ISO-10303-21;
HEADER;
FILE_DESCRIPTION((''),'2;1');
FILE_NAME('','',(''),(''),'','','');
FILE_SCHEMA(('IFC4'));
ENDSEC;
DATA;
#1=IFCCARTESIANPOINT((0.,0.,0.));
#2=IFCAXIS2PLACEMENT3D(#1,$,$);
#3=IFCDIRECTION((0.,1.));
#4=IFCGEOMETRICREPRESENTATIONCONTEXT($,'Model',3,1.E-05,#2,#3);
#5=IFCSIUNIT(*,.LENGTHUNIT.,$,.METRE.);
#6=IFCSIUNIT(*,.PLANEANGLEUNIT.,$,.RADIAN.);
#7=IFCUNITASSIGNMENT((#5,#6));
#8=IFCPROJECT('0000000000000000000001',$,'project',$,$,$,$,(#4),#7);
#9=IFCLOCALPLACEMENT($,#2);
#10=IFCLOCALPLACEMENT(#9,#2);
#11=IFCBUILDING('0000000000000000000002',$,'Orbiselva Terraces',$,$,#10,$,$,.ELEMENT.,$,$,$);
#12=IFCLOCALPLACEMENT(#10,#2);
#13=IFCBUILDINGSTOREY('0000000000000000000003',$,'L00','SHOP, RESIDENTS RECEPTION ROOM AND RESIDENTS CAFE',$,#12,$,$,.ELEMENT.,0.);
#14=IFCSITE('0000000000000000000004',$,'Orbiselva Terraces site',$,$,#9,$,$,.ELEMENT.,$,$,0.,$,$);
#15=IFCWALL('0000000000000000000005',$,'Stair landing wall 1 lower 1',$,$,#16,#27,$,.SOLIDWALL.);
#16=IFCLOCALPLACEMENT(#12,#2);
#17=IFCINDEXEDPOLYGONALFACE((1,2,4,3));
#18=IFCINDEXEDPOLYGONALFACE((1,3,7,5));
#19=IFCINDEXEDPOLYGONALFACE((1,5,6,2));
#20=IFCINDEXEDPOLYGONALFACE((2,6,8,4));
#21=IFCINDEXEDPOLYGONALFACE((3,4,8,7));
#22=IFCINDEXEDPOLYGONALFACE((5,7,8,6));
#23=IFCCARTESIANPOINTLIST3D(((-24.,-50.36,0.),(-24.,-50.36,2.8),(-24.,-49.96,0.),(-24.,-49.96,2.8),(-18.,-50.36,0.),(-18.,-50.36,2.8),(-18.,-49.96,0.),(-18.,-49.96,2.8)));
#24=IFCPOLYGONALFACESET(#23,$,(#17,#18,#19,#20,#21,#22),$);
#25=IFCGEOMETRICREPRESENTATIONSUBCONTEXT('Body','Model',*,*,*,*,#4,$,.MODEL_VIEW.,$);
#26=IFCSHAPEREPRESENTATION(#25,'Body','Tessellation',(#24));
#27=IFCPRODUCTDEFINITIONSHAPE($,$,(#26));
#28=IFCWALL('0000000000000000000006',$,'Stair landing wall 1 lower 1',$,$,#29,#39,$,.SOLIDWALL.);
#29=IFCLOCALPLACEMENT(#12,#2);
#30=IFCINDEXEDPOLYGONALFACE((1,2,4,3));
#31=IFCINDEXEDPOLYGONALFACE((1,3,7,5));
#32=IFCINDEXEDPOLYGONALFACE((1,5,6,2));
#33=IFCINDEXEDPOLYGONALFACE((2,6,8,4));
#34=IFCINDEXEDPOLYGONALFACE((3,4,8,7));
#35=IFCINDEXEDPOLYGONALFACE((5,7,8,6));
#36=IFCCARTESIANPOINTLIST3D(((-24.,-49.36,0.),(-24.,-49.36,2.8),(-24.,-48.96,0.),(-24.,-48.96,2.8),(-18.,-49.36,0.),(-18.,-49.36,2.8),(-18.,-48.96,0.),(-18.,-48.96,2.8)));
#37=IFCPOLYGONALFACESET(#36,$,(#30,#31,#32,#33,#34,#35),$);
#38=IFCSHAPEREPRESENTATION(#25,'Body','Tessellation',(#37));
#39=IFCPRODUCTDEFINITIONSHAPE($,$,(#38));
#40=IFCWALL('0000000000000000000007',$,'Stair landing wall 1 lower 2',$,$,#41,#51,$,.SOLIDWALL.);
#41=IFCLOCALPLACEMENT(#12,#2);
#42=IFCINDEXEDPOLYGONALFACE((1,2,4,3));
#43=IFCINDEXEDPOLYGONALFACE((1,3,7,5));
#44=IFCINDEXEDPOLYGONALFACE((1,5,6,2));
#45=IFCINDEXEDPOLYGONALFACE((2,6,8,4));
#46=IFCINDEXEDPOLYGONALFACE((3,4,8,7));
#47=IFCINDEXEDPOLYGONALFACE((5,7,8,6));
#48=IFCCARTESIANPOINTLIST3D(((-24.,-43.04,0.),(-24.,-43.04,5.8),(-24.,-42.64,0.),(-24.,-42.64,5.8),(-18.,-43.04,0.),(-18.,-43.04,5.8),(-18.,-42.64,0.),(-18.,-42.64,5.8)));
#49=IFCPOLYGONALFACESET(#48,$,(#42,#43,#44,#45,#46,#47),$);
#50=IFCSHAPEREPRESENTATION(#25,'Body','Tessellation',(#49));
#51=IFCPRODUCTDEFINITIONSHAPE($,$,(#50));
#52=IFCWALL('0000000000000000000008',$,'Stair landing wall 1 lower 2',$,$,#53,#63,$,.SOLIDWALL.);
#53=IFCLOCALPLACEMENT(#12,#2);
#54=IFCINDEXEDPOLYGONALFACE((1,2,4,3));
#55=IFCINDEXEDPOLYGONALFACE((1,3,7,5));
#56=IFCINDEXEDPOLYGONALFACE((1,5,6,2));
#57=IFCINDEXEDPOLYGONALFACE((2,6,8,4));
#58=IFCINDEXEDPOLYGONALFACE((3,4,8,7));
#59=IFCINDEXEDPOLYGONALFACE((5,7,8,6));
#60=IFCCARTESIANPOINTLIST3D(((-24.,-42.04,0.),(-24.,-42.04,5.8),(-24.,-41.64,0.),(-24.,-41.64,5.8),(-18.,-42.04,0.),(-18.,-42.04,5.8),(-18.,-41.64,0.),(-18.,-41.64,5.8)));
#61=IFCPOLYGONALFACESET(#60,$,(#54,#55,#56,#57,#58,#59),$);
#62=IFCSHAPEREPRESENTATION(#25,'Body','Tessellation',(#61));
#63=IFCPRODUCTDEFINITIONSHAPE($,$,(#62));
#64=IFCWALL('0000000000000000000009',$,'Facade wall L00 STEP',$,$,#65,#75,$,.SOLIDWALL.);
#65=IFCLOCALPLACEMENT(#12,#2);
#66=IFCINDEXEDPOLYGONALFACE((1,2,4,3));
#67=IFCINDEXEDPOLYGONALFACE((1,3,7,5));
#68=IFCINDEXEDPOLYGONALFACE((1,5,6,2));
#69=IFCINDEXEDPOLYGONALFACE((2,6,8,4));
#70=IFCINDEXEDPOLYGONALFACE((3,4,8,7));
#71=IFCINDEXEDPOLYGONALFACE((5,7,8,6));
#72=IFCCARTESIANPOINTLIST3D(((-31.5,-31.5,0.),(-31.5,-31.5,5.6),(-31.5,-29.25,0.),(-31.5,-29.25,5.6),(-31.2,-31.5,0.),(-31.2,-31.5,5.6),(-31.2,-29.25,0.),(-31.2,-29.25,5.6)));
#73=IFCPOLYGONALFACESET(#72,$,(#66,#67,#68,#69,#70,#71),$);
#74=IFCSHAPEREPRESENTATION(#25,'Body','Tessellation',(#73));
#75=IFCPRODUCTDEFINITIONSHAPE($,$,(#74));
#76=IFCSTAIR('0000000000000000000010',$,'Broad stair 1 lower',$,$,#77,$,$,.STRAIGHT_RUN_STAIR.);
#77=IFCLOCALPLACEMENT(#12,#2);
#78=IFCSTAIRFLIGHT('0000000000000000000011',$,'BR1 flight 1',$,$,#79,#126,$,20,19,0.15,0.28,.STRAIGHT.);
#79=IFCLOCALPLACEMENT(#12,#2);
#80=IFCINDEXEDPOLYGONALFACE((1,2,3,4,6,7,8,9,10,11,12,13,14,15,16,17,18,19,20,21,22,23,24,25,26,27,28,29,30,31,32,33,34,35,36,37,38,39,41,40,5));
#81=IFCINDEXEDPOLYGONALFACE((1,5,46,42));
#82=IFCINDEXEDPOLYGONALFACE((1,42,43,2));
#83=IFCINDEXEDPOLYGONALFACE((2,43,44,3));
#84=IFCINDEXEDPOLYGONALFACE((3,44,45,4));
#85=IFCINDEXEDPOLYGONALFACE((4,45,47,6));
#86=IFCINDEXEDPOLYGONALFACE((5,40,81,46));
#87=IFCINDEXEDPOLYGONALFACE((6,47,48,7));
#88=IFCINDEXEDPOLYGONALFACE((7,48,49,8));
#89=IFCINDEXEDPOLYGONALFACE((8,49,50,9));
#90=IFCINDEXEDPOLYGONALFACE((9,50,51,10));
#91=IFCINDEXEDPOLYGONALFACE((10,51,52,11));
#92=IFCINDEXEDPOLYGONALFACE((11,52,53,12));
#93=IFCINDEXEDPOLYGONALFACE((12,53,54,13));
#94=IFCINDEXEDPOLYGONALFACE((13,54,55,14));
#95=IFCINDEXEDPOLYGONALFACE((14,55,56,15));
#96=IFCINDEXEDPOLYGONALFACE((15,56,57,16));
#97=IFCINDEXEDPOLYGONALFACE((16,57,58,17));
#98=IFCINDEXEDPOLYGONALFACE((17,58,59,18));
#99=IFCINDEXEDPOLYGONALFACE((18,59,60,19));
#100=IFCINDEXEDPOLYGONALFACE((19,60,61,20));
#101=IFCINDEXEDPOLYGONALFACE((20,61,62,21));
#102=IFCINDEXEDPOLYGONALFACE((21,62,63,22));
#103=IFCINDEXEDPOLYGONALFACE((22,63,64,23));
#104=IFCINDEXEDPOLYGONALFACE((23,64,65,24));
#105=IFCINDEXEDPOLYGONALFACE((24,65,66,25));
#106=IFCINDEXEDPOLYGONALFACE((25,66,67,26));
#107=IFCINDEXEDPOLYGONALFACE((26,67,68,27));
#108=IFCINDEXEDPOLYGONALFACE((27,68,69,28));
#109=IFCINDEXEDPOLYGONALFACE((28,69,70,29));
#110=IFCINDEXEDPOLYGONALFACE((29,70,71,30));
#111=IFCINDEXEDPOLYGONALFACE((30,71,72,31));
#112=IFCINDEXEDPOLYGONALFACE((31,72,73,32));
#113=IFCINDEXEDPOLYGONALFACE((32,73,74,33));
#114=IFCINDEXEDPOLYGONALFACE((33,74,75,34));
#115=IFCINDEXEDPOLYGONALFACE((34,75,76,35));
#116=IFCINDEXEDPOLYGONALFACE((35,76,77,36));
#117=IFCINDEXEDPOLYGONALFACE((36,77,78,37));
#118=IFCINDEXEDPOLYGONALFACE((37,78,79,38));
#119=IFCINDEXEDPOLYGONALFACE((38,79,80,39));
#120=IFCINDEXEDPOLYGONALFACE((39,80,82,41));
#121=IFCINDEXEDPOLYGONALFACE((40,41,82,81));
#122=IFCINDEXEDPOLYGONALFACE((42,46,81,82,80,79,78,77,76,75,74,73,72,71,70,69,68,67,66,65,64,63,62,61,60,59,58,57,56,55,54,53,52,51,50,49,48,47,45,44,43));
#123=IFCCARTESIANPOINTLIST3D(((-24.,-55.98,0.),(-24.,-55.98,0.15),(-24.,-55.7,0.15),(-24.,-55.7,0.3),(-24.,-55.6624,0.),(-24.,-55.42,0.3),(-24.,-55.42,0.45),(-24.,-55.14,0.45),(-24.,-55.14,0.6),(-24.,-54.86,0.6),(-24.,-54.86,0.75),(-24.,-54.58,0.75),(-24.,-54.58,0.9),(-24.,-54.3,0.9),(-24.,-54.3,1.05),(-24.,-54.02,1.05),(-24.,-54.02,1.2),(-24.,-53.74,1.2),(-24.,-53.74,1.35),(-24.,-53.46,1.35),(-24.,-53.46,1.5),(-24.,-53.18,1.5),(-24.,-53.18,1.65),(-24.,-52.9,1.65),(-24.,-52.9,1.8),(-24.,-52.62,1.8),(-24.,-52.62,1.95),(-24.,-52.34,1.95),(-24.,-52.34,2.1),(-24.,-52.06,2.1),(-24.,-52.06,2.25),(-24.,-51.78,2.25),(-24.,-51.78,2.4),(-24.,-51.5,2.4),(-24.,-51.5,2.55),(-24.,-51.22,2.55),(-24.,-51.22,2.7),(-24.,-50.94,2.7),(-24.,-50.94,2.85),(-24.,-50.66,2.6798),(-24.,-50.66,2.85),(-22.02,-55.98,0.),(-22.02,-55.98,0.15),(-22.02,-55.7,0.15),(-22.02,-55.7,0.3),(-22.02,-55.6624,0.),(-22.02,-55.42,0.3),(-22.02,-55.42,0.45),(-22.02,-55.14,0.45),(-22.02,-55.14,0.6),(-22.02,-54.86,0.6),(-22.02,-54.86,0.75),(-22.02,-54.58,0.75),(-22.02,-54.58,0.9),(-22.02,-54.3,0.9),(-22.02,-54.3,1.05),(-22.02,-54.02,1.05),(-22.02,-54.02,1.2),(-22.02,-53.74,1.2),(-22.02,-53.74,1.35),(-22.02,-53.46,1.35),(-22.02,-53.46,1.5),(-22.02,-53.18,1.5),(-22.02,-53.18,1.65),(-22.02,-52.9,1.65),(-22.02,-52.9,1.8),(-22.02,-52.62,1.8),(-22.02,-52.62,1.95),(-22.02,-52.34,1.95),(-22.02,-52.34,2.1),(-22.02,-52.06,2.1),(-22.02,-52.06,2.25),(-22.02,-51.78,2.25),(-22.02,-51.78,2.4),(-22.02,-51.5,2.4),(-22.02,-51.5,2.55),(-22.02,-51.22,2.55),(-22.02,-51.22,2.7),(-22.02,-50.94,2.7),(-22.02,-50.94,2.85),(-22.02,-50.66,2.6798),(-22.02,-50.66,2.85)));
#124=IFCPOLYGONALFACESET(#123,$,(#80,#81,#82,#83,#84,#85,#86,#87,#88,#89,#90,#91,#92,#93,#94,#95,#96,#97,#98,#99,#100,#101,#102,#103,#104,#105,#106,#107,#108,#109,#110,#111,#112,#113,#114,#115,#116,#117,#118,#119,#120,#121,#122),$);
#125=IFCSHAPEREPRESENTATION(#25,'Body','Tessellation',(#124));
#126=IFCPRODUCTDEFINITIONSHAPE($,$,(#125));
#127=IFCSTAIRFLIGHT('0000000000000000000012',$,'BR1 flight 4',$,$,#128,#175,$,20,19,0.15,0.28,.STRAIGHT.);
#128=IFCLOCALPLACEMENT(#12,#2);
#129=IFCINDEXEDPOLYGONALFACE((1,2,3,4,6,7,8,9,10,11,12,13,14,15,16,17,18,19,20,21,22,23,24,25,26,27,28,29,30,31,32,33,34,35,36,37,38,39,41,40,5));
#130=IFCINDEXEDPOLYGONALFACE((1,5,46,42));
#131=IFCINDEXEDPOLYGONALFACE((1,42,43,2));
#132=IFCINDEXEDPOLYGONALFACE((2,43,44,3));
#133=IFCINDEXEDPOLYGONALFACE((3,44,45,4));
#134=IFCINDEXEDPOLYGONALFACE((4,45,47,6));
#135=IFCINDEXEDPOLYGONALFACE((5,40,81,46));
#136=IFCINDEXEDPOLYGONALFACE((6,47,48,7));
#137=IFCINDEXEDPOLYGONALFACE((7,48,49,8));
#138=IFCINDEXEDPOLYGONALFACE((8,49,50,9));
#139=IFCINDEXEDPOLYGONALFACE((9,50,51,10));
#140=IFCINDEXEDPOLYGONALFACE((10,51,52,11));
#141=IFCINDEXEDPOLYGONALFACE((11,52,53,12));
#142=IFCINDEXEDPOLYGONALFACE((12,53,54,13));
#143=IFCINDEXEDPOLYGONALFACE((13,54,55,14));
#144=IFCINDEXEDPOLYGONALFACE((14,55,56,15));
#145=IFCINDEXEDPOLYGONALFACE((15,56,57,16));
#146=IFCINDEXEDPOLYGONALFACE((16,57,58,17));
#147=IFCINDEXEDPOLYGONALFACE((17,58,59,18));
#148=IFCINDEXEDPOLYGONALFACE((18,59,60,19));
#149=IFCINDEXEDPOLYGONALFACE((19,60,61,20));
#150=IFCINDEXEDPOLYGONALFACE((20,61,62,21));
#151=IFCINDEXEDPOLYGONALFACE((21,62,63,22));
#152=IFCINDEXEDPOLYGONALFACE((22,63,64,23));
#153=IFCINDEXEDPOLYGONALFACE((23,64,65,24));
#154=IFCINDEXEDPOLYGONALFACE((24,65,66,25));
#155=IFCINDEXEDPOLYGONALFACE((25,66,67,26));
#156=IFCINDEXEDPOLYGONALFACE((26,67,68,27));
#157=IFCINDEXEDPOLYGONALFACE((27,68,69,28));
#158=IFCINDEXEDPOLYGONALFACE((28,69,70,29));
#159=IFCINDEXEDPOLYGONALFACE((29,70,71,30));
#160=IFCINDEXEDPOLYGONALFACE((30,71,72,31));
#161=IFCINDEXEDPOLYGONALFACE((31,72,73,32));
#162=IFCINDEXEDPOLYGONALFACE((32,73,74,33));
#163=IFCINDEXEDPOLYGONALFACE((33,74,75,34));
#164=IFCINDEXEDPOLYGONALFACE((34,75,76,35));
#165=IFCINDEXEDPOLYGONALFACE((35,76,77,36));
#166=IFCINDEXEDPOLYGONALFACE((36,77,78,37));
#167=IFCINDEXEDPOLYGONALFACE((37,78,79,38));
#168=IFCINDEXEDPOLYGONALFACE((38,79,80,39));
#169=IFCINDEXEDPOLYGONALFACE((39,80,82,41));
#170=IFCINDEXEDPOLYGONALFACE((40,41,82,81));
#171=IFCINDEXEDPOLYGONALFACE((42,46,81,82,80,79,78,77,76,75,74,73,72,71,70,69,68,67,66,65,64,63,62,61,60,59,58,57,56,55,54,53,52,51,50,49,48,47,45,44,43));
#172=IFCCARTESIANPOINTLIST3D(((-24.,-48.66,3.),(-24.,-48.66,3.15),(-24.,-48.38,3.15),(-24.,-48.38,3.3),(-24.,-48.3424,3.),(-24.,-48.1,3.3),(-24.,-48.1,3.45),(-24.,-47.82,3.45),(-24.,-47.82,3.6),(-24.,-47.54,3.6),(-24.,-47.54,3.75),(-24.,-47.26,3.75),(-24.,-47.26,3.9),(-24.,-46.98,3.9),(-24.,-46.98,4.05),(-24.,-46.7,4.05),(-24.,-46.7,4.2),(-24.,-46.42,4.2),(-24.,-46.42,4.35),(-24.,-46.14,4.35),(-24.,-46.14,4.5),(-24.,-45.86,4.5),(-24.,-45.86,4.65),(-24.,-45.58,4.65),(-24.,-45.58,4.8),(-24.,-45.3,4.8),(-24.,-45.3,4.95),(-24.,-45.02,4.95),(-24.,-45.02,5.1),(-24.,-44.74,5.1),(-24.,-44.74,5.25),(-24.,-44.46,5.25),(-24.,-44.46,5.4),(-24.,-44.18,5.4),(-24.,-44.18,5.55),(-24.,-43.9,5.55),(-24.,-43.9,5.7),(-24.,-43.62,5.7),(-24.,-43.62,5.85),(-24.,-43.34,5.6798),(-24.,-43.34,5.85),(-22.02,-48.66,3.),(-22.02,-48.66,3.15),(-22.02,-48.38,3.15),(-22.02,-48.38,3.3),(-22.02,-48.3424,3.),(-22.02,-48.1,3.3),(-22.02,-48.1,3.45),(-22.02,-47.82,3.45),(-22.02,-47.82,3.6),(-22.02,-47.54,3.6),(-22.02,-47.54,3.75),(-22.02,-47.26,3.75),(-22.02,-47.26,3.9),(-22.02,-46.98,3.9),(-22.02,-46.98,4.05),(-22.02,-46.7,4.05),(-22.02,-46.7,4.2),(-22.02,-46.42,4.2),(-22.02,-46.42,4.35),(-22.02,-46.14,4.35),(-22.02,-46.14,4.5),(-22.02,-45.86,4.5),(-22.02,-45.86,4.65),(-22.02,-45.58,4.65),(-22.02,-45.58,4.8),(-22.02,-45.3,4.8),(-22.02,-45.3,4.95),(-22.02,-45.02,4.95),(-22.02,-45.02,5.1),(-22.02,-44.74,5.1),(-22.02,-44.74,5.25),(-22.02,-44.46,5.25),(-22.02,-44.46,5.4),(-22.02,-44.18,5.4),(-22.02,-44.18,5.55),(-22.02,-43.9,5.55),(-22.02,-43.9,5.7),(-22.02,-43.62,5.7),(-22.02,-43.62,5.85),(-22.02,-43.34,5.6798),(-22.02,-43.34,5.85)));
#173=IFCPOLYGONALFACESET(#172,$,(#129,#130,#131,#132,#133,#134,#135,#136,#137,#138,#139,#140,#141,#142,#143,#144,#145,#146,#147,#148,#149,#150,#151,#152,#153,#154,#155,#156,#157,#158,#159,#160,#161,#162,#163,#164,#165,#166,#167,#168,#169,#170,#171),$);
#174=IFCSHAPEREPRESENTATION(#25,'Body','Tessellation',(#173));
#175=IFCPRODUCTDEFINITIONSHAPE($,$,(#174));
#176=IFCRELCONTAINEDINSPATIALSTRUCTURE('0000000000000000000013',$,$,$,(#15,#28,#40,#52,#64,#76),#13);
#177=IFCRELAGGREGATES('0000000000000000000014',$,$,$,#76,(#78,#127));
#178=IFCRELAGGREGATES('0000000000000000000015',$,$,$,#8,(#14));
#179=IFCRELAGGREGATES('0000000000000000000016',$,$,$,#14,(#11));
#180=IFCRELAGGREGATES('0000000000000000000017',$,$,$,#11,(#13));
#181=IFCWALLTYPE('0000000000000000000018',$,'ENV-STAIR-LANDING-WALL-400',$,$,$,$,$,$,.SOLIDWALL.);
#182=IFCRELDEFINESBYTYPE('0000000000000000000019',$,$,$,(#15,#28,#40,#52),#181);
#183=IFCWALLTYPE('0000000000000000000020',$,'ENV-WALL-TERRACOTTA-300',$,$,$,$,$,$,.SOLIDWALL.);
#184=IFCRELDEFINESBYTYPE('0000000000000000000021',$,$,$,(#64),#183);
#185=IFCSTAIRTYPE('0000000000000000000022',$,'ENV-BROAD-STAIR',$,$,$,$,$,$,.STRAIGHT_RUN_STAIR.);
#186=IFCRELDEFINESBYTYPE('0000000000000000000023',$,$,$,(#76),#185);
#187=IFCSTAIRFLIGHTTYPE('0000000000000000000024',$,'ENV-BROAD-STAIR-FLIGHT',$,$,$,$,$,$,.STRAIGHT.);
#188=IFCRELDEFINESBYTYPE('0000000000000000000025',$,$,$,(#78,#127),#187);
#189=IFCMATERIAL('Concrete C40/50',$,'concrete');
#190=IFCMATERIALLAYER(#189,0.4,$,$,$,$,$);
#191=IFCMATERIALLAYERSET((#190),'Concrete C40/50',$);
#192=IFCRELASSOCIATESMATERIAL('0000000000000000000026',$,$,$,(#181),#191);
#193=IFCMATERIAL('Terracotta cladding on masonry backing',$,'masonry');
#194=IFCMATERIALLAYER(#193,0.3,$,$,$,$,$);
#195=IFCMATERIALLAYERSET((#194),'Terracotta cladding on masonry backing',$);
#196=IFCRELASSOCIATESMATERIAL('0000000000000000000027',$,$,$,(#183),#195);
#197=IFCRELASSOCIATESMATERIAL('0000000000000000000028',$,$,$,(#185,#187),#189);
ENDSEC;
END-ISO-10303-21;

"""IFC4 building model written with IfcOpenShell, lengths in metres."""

from ifc_helpers import new_model, si_unit, direction, frame, frame_2d, origin, place, context, subcontext, project, spatial, polyline, rectangle, outline, extrude, material, layer, layer_set, type_object, element, aggregate, save


model = new_model("IFC4")

# Units and contexts
model_context = context("Model", 3, precision=1e-05, world=origin(), true_north=direction((0.0, 1.0)))
body_context = subcontext(model_context, "Body", "Model", "MODEL_VIEW")
ifc_project = project(units=[si_unit("LENGTHUNIT", "METRE"), si_unit("PLANEANGLEUNIT", "RADIAN")], contexts=[model_context])

# Site, building, storey
site_placement = place(None, origin())
site = spatial("IfcSite", under=ifc_project, at=site_placement, Name="Orbiselva Terraces site", CompositionType="ELEMENT", RefElevation=0.0)
building_placement = place(site_placement, origin())
building = spatial("IfcBuilding", under=site, at=building_placement, Name="Orbiselva Terraces", CompositionType="ELEMENT")
storey_placement = place(building_placement, origin())
storey = spatial("IfcBuildingStorey", under=building, at=storey_placement, Name="L00", Description="SHOP, RESIDENTS RECEPTION ROOM AND RESIDENTS CAFE", CompositionType="ELEMENT", Elevation=0.0)

# Walls
ifc_material_1 = material(Name="Concrete C40/50", Category="concrete")
ifc_layer_1 = layer(ifc_material_1, 0.4)
ifc_layer_set_1 = layer_set([ifc_layer_1], Name="Concrete C40/50")
wall_type_1 = type_object("IfcWallType", Name="ENV-STAIR-LANDING-WALL-400", PredefinedType="SOLIDWALL", material=ifc_layer_set_1)
for number, where, z_axis, x_axis, name in (
    (1, (-24.0, -50.16, 0.0), (0.0, 0.0, 1.0), (1.0, 0.0, 0.0), "Stair landing wall 1 lower 1"),
    (2, (-24.0, -49.16, 0.0), (0.0, 0.0, 1.0), (1.0, 0.0, 0.0), "Stair landing wall 1 lower 1"),
):
    element("IfcWall", number, at=place(storey_placement, frame(where, z_axis=z_axis, x_axis=x_axis)), inside=storey, type_object=wall_type_1, Name=name, PredefinedType="SOLIDWALL", context=body_context, shape_type="SweptSolid", body=[
        extrude(rectangle(XDim=6.0, YDim=0.4, at=frame_2d((3.0, 0.0))), origin(), (0.0, 0.0, 1.0), 2.8),
    ])
for number, where, z_axis, x_axis, name in (
    (3, (-24.0, -42.84, 0.0), (0.0, 0.0, 1.0), (1.0, 0.0, 0.0), "Stair landing wall 1 lower 2"),
    (4, (-24.0, -41.84, 0.0), (0.0, 0.0, 1.0), (1.0, 0.0, 0.0), "Stair landing wall 1 lower 2"),
):
    element("IfcWall", number, at=place(storey_placement, frame(where, z_axis=z_axis, x_axis=x_axis)), inside=storey, type_object=wall_type_1, Name=name, PredefinedType="SOLIDWALL", context=body_context, shape_type="SweptSolid", body=[
        extrude(rectangle(XDim=6.0, YDim=0.4, at=frame_2d((3.0, 0.0))), origin(), (0.0, 0.0, 1.0), 5.8),
    ])
ifc_material_2 = material(Name="Terracotta cladding on masonry backing", Category="masonry")
ifc_layer_2 = layer(ifc_material_2, 0.3)
ifc_layer_set_2 = layer_set([ifc_layer_2], Name="Terracotta cladding on masonry backing")
wall_type_2 = type_object("IfcWallType", Name="ENV-WALL-TERRACOTTA-300", PredefinedType="SOLIDWALL", material=ifc_layer_set_2)
wall_placement = place(storey_placement, frame((-31.35, -31.5, 0.0), z_axis=(0.0, 0.0, 1.0), x_axis=(0.0, 1.0, 0.0)))
element("IfcWall", 5, at=wall_placement, inside=storey, type_object=wall_type_2, Name="Facade wall L00 STEP", PredefinedType="SOLIDWALL", context=body_context, shape_type="SweptSolid", body=[
    extrude(rectangle(XDim=2.25, YDim=0.3, at=frame_2d((1.125, 0.0))), origin(), (0.0, 0.0, 1.0), 5.6),
])

# Stair, stair flights
stair_type = type_object("IfcStairType", Name="ENV-BROAD-STAIR", PredefinedType="STRAIGHT_RUN_STAIR", material=ifc_material_1)
stair_placement = place(storey_placement, origin())
stair = element("IfcStair", 6, at=stair_placement, inside=storey, type_object=stair_type, Name="Broad stair 1 lower", PredefinedType="STRAIGHT_RUN_STAIR")
stair_flight_type = type_object("IfcStairFlightType", Name="ENV-BROAD-STAIR-FLIGHT", PredefinedType="STRAIGHT", material=ifc_material_1)
stair_flight_1_placement = place(storey_placement, frame((-23.01, -55.98, 0.0), z_axis=(0.0, 0.0, 1.0), x_axis=(0.0, 1.0, 0.0)))
stair_flight_1 = element("IfcStairFlight", 7, at=stair_flight_1_placement, type_object=stair_flight_type, Name="BR1 flight 1", NumberOfRisers=20, NumberOfTreads=19, PredefinedType="STRAIGHT", RiserHeight=0.15, TreadLength=0.28, context=body_context, shape_type="SweptSolid", body=[
    extrude(outline(polyline([(0.0, 0.0), (0.0, 0.15), (0.28, 0.15), (0.28, 0.3), (0.56, 0.3), (0.56, 0.45), (0.84, 0.45), (0.84, 0.6), (1.12, 0.6), (1.12, 0.75), (1.4, 0.75), (1.4, 0.9), (1.68, 0.9), (1.68, 1.05), (1.96, 1.05), (1.96, 1.2), (2.24, 1.2), (2.24, 1.35), (2.52, 1.35), (2.52, 1.5), (2.8, 1.5), (2.8, 1.65), (3.08, 1.65), (3.08, 1.8), (3.36, 1.8), (3.36, 1.95), (3.64, 1.95), (3.64, 2.1), (3.92, 2.1), (3.92, 2.25), (4.2, 2.25), (4.2, 2.4), (4.48, 2.4), (4.48, 2.55), (4.76, 2.55), (4.76, 2.7), (5.04, 2.7), (5.04, 2.85), (5.32, 2.85), (5.32, 3.0), (5.32, 2.6798), (0.3176, 0.0), (0.0, 0.0)])), frame((0.0, 0.99, 0.0), z_axis=(0.0, -1.0, 0.0), x_axis=(1.0, 0.0, 0.0)), (0.0, 0.0, 1.0), 1.98),
])
stair_flight_2_placement = place(storey_placement, frame((-23.01, -48.66, 3.0), z_axis=(0.0, 0.0, 1.0), x_axis=(0.0, 1.0, 0.0)))
stair_flight_2 = element("IfcStairFlight", 8, at=stair_flight_2_placement, type_object=stair_flight_type, Name="BR1 flight 4", NumberOfRisers=20, NumberOfTreads=19, PredefinedType="STRAIGHT", RiserHeight=0.15, TreadLength=0.28, context=body_context, shape_type="SweptSolid", body=[
    extrude(outline(polyline([(0.0, 0.0), (0.0, 0.15), (0.28, 0.15), (0.28, 0.3), (0.56, 0.3), (0.56, 0.45), (0.84, 0.45), (0.84, 0.6), (1.12, 0.6), (1.12, 0.75), (1.4, 0.75), (1.4, 0.9), (1.68, 0.9), (1.68, 1.05), (1.96, 1.05), (1.96, 1.2), (2.24, 1.2), (2.24, 1.35), (2.52, 1.35), (2.52, 1.5), (2.8, 1.5), (2.8, 1.65), (3.08, 1.65), (3.08, 1.8), (3.36, 1.8), (3.36, 1.95), (3.64, 1.95), (3.64, 2.1), (3.92, 2.1), (3.92, 2.25), (4.2, 2.25), (4.2, 2.4), (4.48, 2.4), (4.48, 2.55), (4.76, 2.55), (4.76, 2.7), (5.04, 2.7), (5.04, 2.85), (5.32, 2.85), (5.32, 3.0), (5.32, 2.6798), (0.3176, 0.0), (0.0, 0.0)])), frame((0.0, 0.99, 0.0), z_axis=(0.0, -1.0, 0.0), x_axis=(1.0, 0.0, 0.0)), (0.0, 0.0, 1.0), 1.98),
])
aggregate(stair, [stair_flight_1, stair_flight_2])

save(model, "model.ifc")
